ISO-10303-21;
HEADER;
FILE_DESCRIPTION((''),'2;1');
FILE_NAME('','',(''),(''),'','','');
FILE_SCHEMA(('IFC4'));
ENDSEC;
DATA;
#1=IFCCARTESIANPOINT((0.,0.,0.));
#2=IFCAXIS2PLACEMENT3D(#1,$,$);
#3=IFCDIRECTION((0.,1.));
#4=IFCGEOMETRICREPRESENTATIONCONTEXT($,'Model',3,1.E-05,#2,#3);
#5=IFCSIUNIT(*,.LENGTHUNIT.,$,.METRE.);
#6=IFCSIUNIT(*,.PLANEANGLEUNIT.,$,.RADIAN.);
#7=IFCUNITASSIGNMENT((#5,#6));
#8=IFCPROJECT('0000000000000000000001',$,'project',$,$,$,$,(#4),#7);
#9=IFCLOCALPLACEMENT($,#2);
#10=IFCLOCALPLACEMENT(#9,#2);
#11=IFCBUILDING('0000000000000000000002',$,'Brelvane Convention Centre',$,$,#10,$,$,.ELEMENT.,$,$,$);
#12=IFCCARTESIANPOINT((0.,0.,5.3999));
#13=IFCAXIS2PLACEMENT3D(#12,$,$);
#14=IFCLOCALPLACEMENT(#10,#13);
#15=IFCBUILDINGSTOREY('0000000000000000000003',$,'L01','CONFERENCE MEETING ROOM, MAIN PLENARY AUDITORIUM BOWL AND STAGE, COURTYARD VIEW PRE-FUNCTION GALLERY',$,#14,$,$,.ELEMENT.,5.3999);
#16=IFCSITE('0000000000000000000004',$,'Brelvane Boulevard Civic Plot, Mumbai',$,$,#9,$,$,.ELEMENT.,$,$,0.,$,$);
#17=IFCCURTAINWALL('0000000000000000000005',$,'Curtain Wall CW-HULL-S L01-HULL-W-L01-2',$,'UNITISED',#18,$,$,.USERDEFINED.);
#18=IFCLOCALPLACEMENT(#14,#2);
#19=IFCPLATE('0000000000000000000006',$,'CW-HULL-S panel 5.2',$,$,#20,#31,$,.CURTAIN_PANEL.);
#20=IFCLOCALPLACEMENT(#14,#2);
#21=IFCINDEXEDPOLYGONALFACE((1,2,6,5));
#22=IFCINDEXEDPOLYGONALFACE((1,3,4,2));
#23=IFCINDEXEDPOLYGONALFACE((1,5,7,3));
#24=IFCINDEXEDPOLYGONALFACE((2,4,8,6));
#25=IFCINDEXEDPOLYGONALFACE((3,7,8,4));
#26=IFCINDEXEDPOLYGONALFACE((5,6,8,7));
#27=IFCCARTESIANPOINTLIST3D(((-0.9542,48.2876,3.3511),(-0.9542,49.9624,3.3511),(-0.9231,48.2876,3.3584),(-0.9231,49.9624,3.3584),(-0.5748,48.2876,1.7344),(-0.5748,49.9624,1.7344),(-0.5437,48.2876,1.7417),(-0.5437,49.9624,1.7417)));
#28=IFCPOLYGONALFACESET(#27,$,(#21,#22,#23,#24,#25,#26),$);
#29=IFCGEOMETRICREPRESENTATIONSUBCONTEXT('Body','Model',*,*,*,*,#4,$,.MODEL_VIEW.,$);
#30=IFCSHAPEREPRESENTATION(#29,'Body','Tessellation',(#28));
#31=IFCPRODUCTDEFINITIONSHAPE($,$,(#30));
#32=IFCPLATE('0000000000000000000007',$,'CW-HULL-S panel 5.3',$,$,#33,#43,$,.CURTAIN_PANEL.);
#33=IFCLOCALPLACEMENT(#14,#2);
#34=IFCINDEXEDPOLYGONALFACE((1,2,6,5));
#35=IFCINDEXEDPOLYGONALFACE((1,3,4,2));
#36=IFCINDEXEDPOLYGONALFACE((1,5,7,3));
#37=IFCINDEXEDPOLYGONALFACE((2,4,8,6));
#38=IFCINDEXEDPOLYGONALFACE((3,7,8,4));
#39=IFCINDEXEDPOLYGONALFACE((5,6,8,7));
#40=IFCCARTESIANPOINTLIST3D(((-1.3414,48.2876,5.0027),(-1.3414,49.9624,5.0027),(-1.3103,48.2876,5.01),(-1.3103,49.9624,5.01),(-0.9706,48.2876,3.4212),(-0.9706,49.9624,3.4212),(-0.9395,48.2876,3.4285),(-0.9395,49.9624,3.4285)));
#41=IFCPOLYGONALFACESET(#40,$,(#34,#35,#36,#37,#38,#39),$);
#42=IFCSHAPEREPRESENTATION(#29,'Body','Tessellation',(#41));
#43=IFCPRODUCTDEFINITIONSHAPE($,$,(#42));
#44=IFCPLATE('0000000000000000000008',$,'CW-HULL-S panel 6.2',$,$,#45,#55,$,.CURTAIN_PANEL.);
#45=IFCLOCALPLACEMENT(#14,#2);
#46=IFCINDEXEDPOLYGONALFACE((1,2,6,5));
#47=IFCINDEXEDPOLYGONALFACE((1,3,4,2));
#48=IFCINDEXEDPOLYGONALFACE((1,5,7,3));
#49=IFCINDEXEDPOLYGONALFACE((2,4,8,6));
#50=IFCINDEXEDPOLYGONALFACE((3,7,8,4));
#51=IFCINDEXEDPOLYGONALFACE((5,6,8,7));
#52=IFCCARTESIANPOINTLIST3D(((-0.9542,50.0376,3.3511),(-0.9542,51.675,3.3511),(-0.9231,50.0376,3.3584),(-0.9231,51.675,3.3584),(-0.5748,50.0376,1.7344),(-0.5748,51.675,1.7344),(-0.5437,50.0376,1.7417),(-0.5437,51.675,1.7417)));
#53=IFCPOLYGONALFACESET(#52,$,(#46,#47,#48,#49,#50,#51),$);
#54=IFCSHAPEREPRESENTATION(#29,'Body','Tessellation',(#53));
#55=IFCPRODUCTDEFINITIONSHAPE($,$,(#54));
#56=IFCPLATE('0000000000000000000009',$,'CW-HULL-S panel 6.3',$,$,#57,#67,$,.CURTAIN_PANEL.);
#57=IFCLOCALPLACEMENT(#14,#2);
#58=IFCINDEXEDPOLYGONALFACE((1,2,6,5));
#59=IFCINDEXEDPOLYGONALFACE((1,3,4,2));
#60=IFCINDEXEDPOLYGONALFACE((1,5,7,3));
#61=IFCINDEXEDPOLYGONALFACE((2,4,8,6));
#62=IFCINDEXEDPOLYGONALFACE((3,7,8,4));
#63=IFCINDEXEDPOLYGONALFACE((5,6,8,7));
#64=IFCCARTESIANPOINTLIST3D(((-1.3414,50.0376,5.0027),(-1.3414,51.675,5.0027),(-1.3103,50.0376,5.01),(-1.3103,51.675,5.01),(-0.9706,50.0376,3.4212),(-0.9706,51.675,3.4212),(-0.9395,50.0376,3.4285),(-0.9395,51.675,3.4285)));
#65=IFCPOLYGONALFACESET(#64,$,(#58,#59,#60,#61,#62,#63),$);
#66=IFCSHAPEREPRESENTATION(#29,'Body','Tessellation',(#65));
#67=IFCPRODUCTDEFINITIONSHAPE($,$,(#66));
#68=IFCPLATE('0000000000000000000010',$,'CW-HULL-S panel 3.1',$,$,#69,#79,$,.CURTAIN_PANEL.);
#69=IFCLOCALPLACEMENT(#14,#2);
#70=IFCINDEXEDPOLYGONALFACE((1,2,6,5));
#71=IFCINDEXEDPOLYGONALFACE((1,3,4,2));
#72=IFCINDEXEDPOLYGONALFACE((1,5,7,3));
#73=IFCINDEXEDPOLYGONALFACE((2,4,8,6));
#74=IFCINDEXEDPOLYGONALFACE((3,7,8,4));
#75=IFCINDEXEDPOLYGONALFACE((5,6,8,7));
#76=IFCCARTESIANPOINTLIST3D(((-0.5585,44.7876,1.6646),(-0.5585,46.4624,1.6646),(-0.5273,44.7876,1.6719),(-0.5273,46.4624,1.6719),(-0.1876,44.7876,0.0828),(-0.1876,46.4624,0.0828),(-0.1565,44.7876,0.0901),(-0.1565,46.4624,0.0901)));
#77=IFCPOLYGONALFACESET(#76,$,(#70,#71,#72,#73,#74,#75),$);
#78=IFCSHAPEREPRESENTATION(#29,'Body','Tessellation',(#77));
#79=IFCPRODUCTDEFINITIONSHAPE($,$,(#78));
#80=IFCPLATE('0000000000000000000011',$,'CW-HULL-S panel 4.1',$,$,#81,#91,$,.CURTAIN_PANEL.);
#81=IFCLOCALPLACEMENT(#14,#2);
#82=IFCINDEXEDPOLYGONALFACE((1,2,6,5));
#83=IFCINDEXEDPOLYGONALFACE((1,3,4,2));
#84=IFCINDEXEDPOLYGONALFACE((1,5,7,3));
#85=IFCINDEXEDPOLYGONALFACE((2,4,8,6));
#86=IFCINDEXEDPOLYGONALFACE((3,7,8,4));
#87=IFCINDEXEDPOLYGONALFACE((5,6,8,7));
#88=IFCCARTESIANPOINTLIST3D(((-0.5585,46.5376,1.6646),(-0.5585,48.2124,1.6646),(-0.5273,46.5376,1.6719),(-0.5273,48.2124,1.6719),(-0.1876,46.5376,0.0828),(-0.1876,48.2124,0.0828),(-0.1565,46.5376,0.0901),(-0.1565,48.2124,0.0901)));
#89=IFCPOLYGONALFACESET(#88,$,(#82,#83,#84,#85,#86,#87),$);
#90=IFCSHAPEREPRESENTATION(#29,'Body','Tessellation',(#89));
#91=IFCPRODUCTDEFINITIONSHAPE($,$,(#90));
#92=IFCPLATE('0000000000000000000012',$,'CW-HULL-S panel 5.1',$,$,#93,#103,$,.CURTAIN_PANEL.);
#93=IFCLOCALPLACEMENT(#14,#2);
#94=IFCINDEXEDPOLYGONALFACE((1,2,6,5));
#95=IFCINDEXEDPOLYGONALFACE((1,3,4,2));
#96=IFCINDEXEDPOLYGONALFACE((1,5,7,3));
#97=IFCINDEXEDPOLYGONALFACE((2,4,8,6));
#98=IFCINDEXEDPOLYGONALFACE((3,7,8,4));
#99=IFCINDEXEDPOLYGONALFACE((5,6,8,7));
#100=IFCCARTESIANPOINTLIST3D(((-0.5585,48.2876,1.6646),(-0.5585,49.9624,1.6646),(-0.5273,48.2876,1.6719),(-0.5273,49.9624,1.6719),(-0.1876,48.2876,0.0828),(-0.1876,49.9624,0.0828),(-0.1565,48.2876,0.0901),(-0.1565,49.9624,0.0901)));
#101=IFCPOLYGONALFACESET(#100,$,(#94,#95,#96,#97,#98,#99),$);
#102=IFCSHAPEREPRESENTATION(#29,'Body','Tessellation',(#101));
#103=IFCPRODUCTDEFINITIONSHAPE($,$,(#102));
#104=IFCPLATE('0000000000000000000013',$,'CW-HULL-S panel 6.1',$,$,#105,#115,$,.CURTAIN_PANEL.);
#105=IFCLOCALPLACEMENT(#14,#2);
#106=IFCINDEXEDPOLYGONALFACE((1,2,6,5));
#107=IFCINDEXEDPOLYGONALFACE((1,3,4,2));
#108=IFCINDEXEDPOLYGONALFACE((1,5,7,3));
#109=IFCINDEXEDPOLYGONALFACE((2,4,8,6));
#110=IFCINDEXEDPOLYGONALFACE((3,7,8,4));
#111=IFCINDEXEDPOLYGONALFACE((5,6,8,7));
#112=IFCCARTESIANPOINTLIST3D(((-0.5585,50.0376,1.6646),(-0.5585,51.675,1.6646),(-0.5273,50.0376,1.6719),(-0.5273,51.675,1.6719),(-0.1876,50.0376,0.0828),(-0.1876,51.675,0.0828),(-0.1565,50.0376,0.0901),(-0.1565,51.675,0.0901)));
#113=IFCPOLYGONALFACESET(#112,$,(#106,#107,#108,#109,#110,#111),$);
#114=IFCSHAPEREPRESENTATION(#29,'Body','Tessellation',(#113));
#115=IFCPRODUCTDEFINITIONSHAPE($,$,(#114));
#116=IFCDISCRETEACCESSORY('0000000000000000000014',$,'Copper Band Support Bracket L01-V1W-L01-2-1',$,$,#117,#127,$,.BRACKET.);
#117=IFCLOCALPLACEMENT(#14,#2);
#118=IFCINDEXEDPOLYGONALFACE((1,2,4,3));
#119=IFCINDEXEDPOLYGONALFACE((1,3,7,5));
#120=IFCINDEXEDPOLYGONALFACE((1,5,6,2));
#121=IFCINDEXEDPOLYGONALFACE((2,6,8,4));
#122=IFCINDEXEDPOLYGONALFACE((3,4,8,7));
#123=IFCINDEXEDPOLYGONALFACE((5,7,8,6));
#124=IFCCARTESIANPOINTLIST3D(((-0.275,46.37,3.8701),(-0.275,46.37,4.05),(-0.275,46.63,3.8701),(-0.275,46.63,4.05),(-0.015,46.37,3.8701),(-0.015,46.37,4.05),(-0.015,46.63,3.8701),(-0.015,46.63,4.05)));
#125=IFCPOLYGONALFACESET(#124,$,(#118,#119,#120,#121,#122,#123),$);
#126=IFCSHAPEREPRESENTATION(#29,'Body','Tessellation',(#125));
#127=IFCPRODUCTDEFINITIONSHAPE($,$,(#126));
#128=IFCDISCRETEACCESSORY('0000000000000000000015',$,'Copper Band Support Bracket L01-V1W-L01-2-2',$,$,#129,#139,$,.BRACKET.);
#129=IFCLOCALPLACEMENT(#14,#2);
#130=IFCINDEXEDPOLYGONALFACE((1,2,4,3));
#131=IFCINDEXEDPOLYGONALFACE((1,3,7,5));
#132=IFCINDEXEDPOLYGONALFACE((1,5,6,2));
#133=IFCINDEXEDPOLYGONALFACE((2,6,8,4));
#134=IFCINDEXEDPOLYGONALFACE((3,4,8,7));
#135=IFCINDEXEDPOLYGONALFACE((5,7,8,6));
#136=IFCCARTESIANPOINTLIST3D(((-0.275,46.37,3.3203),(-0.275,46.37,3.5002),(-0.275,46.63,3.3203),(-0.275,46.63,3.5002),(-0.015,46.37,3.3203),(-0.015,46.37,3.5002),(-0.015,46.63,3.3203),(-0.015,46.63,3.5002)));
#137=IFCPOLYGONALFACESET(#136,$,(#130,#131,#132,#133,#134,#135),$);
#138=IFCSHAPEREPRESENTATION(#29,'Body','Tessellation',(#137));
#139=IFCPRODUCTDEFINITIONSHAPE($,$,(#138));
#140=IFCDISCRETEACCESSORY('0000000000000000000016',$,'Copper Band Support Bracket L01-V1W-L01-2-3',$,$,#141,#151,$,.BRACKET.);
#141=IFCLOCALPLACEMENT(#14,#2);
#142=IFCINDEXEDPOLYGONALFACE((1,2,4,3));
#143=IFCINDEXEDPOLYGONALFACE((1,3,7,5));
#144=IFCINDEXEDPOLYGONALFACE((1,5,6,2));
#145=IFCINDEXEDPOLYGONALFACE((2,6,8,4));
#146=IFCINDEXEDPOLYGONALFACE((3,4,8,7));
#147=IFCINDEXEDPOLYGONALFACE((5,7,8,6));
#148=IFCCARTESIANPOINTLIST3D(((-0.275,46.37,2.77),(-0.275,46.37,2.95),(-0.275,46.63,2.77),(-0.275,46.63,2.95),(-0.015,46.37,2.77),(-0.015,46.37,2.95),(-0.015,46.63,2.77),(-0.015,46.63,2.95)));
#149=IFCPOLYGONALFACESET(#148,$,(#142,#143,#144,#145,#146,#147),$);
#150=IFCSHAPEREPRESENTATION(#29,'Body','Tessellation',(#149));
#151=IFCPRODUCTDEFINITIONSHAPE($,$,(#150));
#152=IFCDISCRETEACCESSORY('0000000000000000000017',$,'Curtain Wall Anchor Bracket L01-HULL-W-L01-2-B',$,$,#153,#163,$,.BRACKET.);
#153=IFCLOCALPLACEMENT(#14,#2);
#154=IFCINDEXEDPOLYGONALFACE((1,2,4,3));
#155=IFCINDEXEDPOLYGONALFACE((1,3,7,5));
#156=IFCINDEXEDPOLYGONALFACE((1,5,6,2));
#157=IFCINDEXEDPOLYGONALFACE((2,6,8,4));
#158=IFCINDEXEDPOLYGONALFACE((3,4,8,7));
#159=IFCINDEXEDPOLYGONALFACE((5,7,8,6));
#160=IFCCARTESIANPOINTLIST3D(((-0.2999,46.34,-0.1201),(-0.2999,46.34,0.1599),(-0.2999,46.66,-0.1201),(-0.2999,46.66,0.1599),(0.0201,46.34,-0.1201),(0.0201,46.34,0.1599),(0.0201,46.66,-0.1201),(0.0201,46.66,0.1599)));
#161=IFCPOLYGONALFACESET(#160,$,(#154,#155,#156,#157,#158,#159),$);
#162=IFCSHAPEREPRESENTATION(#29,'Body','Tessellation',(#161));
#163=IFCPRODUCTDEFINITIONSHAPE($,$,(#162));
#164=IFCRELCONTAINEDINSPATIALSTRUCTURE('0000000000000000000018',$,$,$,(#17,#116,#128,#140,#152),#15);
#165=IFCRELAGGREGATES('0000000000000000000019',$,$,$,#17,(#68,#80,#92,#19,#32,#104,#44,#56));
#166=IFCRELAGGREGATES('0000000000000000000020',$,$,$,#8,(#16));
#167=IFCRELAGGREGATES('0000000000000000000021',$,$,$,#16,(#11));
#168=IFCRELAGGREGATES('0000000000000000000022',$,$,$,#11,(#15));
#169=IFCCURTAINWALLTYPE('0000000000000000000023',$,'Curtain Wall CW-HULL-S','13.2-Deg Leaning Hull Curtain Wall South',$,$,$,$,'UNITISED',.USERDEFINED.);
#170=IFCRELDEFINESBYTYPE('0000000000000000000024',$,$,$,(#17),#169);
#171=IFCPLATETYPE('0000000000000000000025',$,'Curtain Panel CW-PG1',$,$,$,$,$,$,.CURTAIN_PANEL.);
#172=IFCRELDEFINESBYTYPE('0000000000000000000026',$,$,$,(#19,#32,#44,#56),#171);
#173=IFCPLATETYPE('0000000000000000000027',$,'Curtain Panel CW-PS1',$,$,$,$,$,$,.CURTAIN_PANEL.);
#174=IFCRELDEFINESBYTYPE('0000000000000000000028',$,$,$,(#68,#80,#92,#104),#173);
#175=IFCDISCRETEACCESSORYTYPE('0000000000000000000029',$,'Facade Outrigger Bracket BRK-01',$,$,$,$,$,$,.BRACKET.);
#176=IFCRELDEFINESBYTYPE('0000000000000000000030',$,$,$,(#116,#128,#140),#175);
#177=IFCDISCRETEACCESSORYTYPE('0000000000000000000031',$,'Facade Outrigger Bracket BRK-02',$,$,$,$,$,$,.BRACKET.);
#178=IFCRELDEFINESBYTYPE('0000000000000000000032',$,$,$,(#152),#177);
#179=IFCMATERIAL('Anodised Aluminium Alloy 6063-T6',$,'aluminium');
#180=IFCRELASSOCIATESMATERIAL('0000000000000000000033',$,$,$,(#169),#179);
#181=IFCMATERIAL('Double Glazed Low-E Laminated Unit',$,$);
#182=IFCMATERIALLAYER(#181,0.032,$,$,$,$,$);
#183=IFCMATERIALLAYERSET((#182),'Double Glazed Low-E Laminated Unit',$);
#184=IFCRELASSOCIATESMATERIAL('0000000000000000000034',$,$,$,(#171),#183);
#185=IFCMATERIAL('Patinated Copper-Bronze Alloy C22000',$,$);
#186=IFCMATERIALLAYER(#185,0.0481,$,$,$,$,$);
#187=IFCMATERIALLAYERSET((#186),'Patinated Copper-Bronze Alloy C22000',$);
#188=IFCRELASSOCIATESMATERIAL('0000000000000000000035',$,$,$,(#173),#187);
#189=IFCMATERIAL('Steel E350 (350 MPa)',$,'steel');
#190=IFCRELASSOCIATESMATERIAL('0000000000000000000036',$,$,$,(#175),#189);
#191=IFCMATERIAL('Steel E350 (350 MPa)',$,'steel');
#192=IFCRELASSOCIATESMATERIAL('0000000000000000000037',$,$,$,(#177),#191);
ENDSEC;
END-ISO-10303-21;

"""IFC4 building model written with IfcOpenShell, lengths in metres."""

from ifc_helpers import new_model, si_unit, direction, frame, origin, origin_2d, place, context, subcontext, project, spatial, polyline, rectangle, outline, extrude, material, layer, layer_set, type_object, element, aggregate, save


model = new_model("IFC4")

# Units and contexts
model_context = context("Model", 3, precision=1e-05, world=origin(), true_north=direction((0.0, 1.0)))
body_context = subcontext(model_context, "Body", "Model", "MODEL_VIEW")
ifc_project = project(units=[si_unit("LENGTHUNIT", "METRE"), si_unit("PLANEANGLEUNIT", "RADIAN")], contexts=[model_context])

# Site, building, storey
site_placement = place(None, origin())
site = spatial("IfcSite", under=ifc_project, at=site_placement, Name="Brelvane Boulevard Civic Plot, Mumbai", CompositionType="ELEMENT", RefElevation=0.0)
building_placement = place(site_placement, origin())
building = spatial("IfcBuilding", under=site, at=building_placement, Name="Brelvane Convention Centre", CompositionType="ELEMENT")
storey_placement = place(building_placement, frame((0.0, 0.0, 5.3999)))
storey = spatial("IfcBuildingStorey", under=building, at=storey_placement, Name="L01", Description="CONFERENCE MEETING ROOM, MAIN PLENARY AUDITORIUM BOWL AND STAGE, COURTYARD VIEW PRE-FUNCTION GALLERY", CompositionType="ELEMENT", Elevation=5.3999)

# Curtain wall, plates
ifc_material_1 = material(Name="Anodised Aluminium Alloy 6063-T6", Category="aluminium")
curtain_wall_type = type_object("IfcCurtainWallType", Name="Curtain Wall CW-HULL-S", Description="13.2-Deg Leaning Hull Curtain Wall South", ElementType="UNITISED", PredefinedType="USERDEFINED", material=ifc_material_1)
curtain_wall_placement = place(storey_placement, origin())
curtain_wall = element("IfcCurtainWall", 1, at=curtain_wall_placement, inside=storey, type_object=curtain_wall_type, Name="Curtain Wall CW-HULL-S L01-HULL-W-L01-2", ObjectType="UNITISED", PredefinedType="USERDEFINED")
ifc_material_2 = material(Name="Double Glazed Low-E Laminated Unit")
ifc_layer_1 = layer(ifc_material_2, 0.032)
ifc_layer_set_1 = layer_set([ifc_layer_1], Name="Double Glazed Low-E Laminated Unit")
plate_type_1 = type_object("IfcPlateType", Name="Curtain Panel CW-PG1", PredefinedType="CURTAIN_PANEL", material=ifc_layer_set_1)
plate_1_placement = place(storey_placement, frame((-0.5437, 48.2876, 1.7417), z_axis=(0.973552, 0.0, 0.228466), x_axis=(0.0, 1.0, 0.0)))
plate_1 = element("IfcPlate", 2, at=plate_1_placement, type_object=plate_type_1, Name="CW-HULL-S panel 5.2", PredefinedType="CURTAIN_PANEL", context=body_context, shape_type="SweptSolid", body=[
    extrude(outline(polyline([(0.0, 0.0), (1.6748, 0.0), (1.6748, 1.6606), (0.0, 1.6606), (0.0, 0.0)])), origin(), (0.0, 0.0, -1.0), 0.032),
])
plate_2_placement = place(storey_placement, frame((-0.9395, 48.2876, 3.4285), z_axis=(0.973592, 0.0, 0.228294), x_axis=(0.0, 1.0, 0.0)))
plate_2 = element("IfcPlate", 3, at=plate_2_placement, type_object=plate_type_1, Name="CW-HULL-S panel 5.3", PredefinedType="CURTAIN_PANEL", context=body_context, shape_type="SweptSolid", body=[
    extrude(outline(polyline([(0.0, 0.0), (1.6748, 0.0), (1.6748, 1.6244), (0.0, 1.6244), (0.0, 0.0)])), origin(), (0.0, 0.0, -1.0), 0.032),
])
plate_3_placement = place(storey_placement, frame((-0.5437, 50.0376, 1.7417), z_axis=(0.973552, 0.0, 0.228466), x_axis=(0.0, 1.0, 0.0)))
plate_3 = element("IfcPlate", 4, at=plate_3_placement, type_object=plate_type_1, Name="CW-HULL-S panel 6.2", PredefinedType="CURTAIN_PANEL", context=body_context, shape_type="SweptSolid", body=[
    extrude(outline(polyline([(0.0, 0.0), (1.6375, 0.0), (1.6375, 1.6606), (0.0, 1.6606), (0.0, 0.0)])), origin(), (0.0, 0.0, -1.0), 0.032),
])
plate_4_placement = place(storey_placement, frame((-0.9395, 50.0376, 3.4285), z_axis=(0.973592, 0.0, 0.228294), x_axis=(0.0, 1.0, 0.0)))
plate_4 = element("IfcPlate", 5, at=plate_4_placement, type_object=plate_type_1, Name="CW-HULL-S panel 6.3", PredefinedType="CURTAIN_PANEL", context=body_context, shape_type="SweptSolid", body=[
    extrude(outline(polyline([(0.0, 0.0), (1.6375, 0.0), (1.6375, 1.6244), (0.0, 1.6244), (0.0, 0.0)])), origin(), (0.0, 0.0, -1.0), 0.032),
])
ifc_material_3 = material(Name="Patinated Copper-Bronze Alloy C22000")
ifc_layer_2 = layer(ifc_material_3, 0.0481)
ifc_layer_set_2 = layer_set([ifc_layer_2], Name="Patinated Copper-Bronze Alloy C22000")
plate_type_2 = type_object("IfcPlateType", Name="Curtain Panel CW-PS1", PredefinedType="CURTAIN_PANEL", material=ifc_layer_set_2)
plate_5_placement = place(storey_placement, frame((-0.1565, 44.7876, 0.0901), z_axis=(0.9736, 0.0, 0.22826), x_axis=(0.0, 1.0, 0.0)))
plate_5 = element("IfcPlate", 6, at=plate_5_placement, type_object=plate_type_2, Name="CW-HULL-S panel 3.1", PredefinedType="CURTAIN_PANEL", context=body_context, shape_type="SweptSolid", body=[
    extrude(outline(polyline([(0.0, 0.0), (1.6748, 0.0), (1.6748, 1.6247), (0.0, 1.6247), (0.0, 0.0)])), origin(), (0.0, 0.0, -1.0), 0.032),
])
plate_6_placement = place(storey_placement, frame((-0.1565, 46.5376, 0.0901), z_axis=(0.9736, 0.0, 0.22826), x_axis=(0.0, 1.0, 0.0)))
plate_6 = element("IfcPlate", 7, at=plate_6_placement, type_object=plate_type_2, Name="CW-HULL-S panel 4.1", PredefinedType="CURTAIN_PANEL", context=body_context, shape_type="SweptSolid", body=[
    extrude(outline(polyline([(0.0, 0.0), (1.6748, 0.0), (1.6748, 1.6247), (0.0, 1.6247), (0.0, 0.0)])), origin(), (0.0, 0.0, -1.0), 0.032),
])
plate_7_placement = place(storey_placement, frame((-0.1565, 48.2876, 0.0901), z_axis=(0.9736, 0.0, 0.22826), x_axis=(0.0, 1.0, 0.0)))
plate_7 = element("IfcPlate", 8, at=plate_7_placement, type_object=plate_type_2, Name="CW-HULL-S panel 5.1", PredefinedType="CURTAIN_PANEL", context=body_context, shape_type="SweptSolid", body=[
    extrude(outline(polyline([(0.0, 0.0), (1.6748, 0.0), (1.6748, 1.6247), (0.0, 1.6247), (0.0, 0.0)])), origin(), (0.0, 0.0, -1.0), 0.032),
])
plate_8_placement = place(storey_placement, frame((-0.1565, 50.0376, 0.0901), z_axis=(0.9736, 0.0, 0.22826), x_axis=(0.0, 1.0, 0.0)))
plate_8 = element("IfcPlate", 9, at=plate_8_placement, type_object=plate_type_2, Name="CW-HULL-S panel 6.1", PredefinedType="CURTAIN_PANEL", context=body_context, shape_type="SweptSolid", body=[
    extrude(outline(polyline([(0.0, 0.0), (1.6375, 0.0), (1.6375, 1.6247), (0.0, 1.6247), (0.0, 0.0)])), origin(), (0.0, 0.0, -1.0), 0.032),
])
aggregate(curtain_wall, [plate_5, plate_6, plate_7, plate_1, plate_2, plate_8, plate_3, plate_4])

# Discrete accessories
ifc_material_4 = material(Name="Steel E350 (350 MPa)", Category="steel")
discrete_accessory_type_1 = type_object("IfcDiscreteAccessoryType", Name="Facade Outrigger Bracket BRK-01", PredefinedType="BRACKET", material=ifc_material_4)
for number, where, z_axis, x_axis, name in (
    (10, (-0.145, 46.5, 3.8701), (0.0, 0.0, 1.0), (1.0, 0.0, 0.0), "Copper Band Support Bracket L01-V1W-L01-2-1"),
    (11, (-0.145, 46.5, 3.3203), (0.0, 0.0, 1.0), (1.0, 0.0, 0.0), "Copper Band Support Bracket L01-V1W-L01-2-2"),
    (12, (-0.145, 46.5, 2.77), (0.0, 0.0, 1.0), (1.0, 0.0, 0.0), "Copper Band Support Bracket L01-V1W-L01-2-3"),
):
    element("IfcDiscreteAccessory", number, at=place(storey_placement, frame(where, z_axis=z_axis, x_axis=x_axis)), inside=storey, type_object=discrete_accessory_type_1, Name=name, PredefinedType="BRACKET", context=body_context, shape_type="SweptSolid", body=[
        extrude(rectangle(XDim=0.26, YDim=0.26, at=origin_2d()), origin(), (0.0, 0.0, 1.0), 0.1799),
    ])
ifc_material_5 = material(Name="Steel E350 (350 MPa)", Category="steel")
discrete_accessory_type_2 = type_object("IfcDiscreteAccessoryType", Name="Facade Outrigger Bracket BRK-02", PredefinedType="BRACKET", material=ifc_material_5)
discrete_accessory_placement = place(storey_placement, frame((-0.1399, 46.5, -0.1201), z_axis=(0.0, 0.0, 1.0), x_axis=(1.0, 0.0, 0.0)))
element("IfcDiscreteAccessory", 13, at=discrete_accessory_placement, inside=storey, type_object=discrete_accessory_type_2, Name="Curtain Wall Anchor Bracket L01-HULL-W-L01-2-B", PredefinedType="BRACKET", context=body_context, shape_type="SweptSolid", body=[
    extrude(rectangle(XDim=0.3201, YDim=0.3201, at=origin_2d()), origin(), (0.0, 0.0, 1.0), 0.28),
])

save(model, "model.ifc")
